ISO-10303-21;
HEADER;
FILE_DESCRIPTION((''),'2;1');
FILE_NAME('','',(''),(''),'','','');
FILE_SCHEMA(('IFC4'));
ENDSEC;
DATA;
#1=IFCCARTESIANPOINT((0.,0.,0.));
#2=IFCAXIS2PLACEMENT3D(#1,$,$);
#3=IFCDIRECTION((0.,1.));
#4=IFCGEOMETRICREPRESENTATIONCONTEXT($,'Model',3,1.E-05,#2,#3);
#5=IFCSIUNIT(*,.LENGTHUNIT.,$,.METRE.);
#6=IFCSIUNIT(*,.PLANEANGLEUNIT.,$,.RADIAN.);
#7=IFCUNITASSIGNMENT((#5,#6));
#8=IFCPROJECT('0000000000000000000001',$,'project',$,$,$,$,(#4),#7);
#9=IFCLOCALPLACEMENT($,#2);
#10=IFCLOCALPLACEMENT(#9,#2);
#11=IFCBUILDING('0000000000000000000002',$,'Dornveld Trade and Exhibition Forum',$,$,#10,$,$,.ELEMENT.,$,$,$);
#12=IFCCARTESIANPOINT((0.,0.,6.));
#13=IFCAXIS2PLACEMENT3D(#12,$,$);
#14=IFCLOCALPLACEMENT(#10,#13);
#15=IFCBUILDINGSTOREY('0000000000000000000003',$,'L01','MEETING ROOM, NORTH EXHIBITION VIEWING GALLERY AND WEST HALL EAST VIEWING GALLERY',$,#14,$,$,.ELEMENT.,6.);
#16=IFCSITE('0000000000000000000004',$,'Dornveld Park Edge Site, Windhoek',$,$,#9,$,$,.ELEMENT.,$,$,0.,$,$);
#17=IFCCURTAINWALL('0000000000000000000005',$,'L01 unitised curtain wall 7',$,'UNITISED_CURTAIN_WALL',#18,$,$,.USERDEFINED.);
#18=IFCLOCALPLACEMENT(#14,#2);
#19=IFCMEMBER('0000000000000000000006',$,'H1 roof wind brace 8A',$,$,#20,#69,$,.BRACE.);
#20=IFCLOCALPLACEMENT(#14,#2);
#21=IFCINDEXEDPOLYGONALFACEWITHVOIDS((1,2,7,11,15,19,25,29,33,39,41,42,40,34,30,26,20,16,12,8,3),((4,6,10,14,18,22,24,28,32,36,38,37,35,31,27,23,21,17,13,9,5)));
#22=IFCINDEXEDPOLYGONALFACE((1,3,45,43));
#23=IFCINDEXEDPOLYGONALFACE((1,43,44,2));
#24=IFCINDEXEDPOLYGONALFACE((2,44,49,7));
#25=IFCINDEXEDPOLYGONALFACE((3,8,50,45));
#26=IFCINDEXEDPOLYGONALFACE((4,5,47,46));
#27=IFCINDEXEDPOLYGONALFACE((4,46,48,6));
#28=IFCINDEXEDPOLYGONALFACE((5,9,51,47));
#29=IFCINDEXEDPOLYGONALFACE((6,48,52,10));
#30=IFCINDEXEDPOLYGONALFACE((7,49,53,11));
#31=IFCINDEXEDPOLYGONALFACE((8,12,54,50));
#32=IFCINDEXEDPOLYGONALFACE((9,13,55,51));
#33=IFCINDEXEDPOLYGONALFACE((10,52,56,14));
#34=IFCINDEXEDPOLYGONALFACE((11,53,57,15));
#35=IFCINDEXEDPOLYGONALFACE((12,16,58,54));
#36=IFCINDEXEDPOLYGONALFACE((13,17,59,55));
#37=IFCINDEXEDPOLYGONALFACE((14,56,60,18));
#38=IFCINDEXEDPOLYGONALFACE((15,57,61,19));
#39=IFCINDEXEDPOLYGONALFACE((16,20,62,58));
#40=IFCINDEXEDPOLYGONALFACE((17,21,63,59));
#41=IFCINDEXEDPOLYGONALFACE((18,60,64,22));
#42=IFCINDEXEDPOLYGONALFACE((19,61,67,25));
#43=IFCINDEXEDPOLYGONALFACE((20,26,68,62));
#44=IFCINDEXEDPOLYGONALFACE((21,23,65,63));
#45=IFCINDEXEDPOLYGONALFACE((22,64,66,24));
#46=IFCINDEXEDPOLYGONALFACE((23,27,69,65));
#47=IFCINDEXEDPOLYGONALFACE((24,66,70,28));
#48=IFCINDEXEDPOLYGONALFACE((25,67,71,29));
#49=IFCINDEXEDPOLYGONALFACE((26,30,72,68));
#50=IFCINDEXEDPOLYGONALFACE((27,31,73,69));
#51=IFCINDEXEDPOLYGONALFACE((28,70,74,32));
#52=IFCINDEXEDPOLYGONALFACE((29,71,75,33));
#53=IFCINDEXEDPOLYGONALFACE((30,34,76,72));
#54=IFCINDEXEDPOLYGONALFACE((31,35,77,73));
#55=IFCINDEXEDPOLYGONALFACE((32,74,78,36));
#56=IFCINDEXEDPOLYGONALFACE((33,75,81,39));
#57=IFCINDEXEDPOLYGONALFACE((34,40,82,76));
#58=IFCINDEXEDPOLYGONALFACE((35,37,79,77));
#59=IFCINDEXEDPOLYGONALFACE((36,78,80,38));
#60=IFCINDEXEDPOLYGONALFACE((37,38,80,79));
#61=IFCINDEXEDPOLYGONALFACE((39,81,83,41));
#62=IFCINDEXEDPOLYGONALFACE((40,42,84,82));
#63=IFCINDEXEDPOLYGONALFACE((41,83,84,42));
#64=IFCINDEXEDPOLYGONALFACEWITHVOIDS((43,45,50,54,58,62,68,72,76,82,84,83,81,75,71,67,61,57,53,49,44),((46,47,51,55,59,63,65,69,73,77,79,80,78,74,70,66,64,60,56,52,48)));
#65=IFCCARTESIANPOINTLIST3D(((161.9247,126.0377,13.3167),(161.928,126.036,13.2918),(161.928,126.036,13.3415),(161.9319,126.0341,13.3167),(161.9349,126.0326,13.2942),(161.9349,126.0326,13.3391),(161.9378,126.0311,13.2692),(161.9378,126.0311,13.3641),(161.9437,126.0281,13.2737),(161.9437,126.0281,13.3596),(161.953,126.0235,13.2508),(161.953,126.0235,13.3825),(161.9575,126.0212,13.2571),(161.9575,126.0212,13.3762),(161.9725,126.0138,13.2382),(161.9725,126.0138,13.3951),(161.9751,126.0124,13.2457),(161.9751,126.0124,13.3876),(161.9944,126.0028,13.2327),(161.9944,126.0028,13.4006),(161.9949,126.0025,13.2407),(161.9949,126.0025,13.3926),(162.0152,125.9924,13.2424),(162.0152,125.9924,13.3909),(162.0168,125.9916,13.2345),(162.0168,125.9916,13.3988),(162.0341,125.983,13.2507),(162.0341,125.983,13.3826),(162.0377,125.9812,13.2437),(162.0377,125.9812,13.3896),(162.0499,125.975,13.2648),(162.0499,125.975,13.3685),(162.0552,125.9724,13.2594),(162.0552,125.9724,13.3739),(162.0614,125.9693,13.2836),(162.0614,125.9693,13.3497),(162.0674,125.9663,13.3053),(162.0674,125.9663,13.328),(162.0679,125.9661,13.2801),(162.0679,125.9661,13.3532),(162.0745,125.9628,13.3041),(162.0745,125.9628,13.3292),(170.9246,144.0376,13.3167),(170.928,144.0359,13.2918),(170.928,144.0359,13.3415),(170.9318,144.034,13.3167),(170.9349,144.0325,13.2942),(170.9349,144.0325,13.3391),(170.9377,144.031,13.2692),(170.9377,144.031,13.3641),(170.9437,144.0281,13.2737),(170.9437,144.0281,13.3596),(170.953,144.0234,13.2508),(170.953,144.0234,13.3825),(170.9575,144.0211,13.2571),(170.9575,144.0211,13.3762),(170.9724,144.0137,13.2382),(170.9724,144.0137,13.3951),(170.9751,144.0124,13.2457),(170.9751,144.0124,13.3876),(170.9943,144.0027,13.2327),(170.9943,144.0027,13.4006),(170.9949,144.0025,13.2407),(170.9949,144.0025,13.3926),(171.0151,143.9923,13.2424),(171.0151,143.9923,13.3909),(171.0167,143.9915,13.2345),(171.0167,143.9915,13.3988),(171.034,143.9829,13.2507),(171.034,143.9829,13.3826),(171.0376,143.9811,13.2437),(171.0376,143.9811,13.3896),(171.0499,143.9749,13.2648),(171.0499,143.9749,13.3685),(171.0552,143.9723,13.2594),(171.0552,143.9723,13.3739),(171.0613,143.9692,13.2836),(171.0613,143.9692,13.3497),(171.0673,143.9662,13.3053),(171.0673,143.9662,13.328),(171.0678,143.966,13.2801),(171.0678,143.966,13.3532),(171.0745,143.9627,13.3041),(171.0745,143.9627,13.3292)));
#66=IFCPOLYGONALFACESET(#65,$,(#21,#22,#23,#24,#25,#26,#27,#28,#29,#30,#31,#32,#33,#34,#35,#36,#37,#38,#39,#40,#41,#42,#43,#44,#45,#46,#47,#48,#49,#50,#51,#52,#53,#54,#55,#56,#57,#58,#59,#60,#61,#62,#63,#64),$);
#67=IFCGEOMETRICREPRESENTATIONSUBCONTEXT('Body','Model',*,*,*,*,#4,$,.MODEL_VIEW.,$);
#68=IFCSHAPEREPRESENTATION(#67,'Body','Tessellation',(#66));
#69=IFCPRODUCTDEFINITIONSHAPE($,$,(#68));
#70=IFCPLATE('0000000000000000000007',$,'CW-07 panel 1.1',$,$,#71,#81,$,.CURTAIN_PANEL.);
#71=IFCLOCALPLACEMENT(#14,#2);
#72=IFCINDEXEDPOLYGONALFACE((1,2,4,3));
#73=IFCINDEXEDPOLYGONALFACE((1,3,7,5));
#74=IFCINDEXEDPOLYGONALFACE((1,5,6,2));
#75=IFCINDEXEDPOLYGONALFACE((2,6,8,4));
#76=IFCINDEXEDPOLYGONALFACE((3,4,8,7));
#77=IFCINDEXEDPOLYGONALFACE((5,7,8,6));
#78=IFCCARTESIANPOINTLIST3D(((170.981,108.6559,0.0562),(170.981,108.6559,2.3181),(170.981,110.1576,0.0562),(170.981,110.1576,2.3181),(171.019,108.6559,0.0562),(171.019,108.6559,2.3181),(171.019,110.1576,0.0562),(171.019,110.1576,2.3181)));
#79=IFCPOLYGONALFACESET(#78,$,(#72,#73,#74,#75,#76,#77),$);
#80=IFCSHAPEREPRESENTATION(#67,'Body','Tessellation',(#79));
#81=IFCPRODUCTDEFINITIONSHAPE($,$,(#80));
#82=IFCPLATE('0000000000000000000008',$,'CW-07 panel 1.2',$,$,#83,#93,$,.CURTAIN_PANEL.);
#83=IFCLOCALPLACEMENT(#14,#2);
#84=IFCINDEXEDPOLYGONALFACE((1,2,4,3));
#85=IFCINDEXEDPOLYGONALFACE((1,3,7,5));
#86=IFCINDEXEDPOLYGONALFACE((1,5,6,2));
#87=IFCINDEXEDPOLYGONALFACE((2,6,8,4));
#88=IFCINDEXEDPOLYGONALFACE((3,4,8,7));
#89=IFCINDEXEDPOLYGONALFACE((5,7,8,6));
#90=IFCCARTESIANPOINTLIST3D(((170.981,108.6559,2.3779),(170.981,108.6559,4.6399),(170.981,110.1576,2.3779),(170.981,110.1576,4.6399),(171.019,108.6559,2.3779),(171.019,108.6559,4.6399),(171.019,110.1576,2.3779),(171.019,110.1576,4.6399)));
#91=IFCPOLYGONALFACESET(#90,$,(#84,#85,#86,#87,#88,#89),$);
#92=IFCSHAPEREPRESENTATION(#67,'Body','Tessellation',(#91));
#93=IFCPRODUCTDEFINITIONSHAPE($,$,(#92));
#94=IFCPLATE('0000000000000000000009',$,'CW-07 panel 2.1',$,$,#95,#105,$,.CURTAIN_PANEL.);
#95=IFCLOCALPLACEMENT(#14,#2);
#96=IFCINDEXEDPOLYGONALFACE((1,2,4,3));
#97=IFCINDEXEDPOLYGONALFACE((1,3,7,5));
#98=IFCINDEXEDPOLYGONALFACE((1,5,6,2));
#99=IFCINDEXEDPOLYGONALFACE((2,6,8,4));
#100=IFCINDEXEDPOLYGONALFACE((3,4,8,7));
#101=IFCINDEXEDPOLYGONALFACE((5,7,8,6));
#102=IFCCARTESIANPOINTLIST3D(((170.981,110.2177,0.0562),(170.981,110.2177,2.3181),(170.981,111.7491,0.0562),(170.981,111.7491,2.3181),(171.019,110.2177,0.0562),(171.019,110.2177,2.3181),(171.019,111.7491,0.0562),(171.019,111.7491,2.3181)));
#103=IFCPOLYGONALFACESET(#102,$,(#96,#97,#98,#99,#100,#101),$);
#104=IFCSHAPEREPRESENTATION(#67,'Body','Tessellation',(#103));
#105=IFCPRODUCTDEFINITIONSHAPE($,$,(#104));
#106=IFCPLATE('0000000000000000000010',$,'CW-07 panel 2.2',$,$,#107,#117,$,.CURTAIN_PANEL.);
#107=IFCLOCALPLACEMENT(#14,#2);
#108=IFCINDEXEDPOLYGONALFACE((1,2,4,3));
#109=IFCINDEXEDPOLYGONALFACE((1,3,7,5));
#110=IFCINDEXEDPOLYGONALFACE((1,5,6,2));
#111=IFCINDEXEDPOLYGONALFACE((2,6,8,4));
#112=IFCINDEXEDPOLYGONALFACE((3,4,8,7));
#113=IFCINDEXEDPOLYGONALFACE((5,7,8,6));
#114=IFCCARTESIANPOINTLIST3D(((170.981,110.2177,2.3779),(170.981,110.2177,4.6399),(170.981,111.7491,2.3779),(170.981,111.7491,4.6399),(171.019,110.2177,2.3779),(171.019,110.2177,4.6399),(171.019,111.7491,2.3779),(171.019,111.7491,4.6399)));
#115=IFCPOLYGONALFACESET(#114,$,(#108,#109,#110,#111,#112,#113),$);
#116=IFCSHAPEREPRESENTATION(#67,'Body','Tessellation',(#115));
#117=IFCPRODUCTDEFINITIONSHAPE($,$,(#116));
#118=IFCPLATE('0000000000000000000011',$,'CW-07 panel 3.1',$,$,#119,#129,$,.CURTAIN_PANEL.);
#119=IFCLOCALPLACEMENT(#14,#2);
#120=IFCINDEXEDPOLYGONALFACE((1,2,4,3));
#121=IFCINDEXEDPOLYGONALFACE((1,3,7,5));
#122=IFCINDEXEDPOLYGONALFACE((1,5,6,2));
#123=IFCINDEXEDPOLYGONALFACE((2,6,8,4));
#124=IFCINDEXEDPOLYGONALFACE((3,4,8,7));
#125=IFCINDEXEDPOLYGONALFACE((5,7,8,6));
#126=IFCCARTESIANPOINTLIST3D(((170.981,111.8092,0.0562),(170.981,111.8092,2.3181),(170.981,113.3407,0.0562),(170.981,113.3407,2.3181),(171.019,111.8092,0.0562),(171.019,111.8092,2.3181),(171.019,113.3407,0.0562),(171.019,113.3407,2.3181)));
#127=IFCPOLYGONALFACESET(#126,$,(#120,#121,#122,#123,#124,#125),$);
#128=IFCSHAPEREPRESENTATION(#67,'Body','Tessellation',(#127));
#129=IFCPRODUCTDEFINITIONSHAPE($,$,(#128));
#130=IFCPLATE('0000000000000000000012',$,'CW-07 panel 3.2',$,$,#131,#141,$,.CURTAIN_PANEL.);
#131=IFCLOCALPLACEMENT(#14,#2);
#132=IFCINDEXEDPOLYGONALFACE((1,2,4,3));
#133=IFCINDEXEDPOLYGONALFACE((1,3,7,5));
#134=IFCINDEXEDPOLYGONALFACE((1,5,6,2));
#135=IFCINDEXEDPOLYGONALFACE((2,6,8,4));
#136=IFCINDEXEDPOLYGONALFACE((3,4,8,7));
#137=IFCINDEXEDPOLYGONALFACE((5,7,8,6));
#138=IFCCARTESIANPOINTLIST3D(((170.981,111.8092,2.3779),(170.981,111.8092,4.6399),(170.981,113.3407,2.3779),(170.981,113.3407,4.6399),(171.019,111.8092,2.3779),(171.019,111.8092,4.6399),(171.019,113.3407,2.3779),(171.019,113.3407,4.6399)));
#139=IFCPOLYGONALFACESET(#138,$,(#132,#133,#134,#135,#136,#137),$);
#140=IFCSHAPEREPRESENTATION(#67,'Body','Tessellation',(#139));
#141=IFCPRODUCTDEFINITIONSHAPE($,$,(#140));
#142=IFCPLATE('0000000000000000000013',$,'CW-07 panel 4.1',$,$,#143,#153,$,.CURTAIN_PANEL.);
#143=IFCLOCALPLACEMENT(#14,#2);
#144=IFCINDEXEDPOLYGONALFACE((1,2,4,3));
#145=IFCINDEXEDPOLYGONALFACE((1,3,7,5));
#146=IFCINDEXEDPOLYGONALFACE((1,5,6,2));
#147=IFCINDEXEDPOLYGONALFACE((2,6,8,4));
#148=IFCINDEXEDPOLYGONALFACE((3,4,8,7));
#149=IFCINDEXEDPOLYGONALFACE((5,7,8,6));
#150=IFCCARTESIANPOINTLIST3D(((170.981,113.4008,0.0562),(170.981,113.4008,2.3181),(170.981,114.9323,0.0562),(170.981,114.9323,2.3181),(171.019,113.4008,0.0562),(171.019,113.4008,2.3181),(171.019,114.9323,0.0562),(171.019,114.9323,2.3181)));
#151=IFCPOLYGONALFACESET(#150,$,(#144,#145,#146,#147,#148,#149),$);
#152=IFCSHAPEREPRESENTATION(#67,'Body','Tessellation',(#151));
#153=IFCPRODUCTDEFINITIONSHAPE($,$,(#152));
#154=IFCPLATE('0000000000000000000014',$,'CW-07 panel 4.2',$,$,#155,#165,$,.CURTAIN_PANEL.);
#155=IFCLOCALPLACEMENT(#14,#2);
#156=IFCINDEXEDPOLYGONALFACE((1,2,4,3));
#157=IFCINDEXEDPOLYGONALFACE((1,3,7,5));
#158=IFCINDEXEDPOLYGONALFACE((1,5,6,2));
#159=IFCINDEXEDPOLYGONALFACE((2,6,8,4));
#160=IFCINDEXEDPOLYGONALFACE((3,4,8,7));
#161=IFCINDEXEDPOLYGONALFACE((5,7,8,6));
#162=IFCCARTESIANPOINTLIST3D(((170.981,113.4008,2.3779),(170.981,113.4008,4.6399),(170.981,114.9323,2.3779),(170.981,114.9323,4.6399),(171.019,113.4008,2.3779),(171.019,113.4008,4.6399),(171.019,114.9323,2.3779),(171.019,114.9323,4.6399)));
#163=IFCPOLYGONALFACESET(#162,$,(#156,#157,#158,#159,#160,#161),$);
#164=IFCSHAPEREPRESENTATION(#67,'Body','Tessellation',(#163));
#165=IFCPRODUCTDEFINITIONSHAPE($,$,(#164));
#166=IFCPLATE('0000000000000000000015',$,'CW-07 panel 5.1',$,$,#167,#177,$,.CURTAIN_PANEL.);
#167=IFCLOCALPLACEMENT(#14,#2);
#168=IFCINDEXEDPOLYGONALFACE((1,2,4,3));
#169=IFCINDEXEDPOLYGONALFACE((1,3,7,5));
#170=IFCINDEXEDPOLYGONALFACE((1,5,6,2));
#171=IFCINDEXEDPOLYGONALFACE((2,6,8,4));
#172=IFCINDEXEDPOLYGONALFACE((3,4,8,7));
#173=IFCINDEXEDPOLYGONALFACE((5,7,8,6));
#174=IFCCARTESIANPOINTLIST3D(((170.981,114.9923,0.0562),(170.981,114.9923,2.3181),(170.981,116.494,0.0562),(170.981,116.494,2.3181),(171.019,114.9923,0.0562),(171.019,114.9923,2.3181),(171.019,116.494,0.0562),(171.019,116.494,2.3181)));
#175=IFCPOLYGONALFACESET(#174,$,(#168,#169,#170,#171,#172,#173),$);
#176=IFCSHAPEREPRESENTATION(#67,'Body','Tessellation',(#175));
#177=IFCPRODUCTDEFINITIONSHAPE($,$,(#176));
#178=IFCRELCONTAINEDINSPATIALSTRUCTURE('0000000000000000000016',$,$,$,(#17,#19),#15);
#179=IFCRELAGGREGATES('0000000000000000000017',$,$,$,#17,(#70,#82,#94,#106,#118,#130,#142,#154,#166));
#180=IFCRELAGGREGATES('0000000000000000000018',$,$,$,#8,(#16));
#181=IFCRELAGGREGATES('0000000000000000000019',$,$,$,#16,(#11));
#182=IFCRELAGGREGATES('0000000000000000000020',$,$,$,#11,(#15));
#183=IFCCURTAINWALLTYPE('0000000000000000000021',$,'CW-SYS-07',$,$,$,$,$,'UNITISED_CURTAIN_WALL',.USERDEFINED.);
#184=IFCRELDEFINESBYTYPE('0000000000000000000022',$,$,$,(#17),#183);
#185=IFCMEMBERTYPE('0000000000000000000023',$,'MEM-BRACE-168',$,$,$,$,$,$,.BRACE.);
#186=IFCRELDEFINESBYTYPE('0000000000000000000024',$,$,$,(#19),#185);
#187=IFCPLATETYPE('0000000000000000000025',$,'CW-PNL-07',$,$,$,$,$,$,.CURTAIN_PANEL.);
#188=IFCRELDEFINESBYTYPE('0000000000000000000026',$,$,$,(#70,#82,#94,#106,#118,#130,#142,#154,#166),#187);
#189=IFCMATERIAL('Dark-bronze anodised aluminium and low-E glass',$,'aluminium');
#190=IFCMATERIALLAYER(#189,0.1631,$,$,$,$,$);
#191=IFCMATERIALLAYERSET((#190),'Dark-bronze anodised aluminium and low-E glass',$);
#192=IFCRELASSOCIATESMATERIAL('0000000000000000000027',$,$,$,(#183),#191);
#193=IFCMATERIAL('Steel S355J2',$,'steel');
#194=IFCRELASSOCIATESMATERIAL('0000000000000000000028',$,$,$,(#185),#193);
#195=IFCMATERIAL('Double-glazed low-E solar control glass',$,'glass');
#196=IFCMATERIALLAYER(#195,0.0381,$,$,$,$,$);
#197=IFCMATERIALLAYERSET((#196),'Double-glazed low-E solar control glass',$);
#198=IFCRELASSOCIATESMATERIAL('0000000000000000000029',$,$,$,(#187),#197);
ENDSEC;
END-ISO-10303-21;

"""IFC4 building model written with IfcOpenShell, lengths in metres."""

from ifc_helpers import new_model, si_unit, direction, frame, origin, origin_2d, place, context, subcontext, project, spatial, rectangle, hollow_circle, extrude, material, layer, layer_set, material_profile, profile_set, type_object, element, aggregate, save


model = new_model("IFC4")

# Units and contexts
model_context = context("Model", 3, precision=1e-05, world=origin(), true_north=direction((0.0, 1.0)))
body_context = subcontext(model_context, "Body", "Model", "MODEL_VIEW")
ifc_project = project(units=[si_unit("LENGTHUNIT", "METRE"), si_unit("PLANEANGLEUNIT", "RADIAN")], contexts=[model_context])

# Site, building, storey
site_placement = place(None, origin())
site = spatial("IfcSite", under=ifc_project, at=site_placement, Name="Dornveld Park Edge Site, Windhoek", CompositionType="ELEMENT", RefElevation=0.0)
building_placement = place(site_placement, origin())
building = spatial("IfcBuilding", under=site, at=building_placement, Name="Dornveld Trade and Exhibition Forum", CompositionType="ELEMENT")
storey_placement = place(building_placement, frame((0.0, 0.0, 6.0)))
storey = spatial("IfcBuildingStorey", under=building, at=storey_placement, Name="L01", Description="MEETING ROOM, NORTH EXHIBITION VIEWING GALLERY AND WEST HALL EAST VIEWING GALLERY", CompositionType="ELEMENT", Elevation=6.0)

# Curtain wall
ifc_material_1 = material(Name="Dark-bronze anodised aluminium and low-E glass", Category="aluminium")
ifc_layer_1 = layer(ifc_material_1, 0.1631)
ifc_layer_set_1 = layer_set([ifc_layer_1], Name="Dark-bronze anodised aluminium and low-E glass")
curtain_wall_type = type_object("IfcCurtainWallType", Name="CW-SYS-07", ElementType="UNITISED_CURTAIN_WALL", PredefinedType="USERDEFINED", material=ifc_layer_set_1)
curtain_wall_placement = place(storey_placement, origin())
curtain_wall = element("IfcCurtainWall", 1, at=curtain_wall_placement, inside=storey, type_object=curtain_wall_type, Name="L01 unitised curtain wall 7", ObjectType="UNITISED_CURTAIN_WALL", PredefinedType="USERDEFINED")

# Member
ifc_material_2 = material(Name="Steel S355J2", Category="steel")
ifc_material_profile_1 = material_profile(ifc_material_2, hollow_circle(Radius=0.0842, WallThickness=0.0081, at=origin_2d()), Name="CHS 168.3x8")
ifc_profile_set_1 = profile_set([ifc_material_profile_1], Name="Steel S355J2")
member_type_1 = type_object("IfcMemberType", Name="MEM-BRACE-168", PredefinedType="BRACE", material=ifc_profile_set_1)
member_1_placement = place(storey_placement, frame((162.0, 126.0, 13.3167), z_axis=(0.447214, 0.894427, 0.0), x_axis=(-0.894427, 0.447214, 0.0)))
element("IfcMember", 2, at=member_1_placement, inside=storey, type_object=member_type_1, Name="H1 roof wind brace 8A", PredefinedType="BRACE", context=body_context, shape_type="SweptSolid", body=[
    extrude(hollow_circle(Radius=0.0842, WallThickness=0.0081, at=origin_2d()), origin(), (0.0, 0.0, 1.0), 20.1245),
])

# Plates
ifc_material_3 = material(Name="Double-glazed low-E solar control glass", Category="glass")
ifc_layer_2 = layer(ifc_material_3, 0.0381)
ifc_layer_set_2 = layer_set([ifc_layer_2], Name="Double-glazed low-E solar control glass")
plate_type = type_object("IfcPlateType", Name="CW-PNL-07", PredefinedType="CURTAIN_PANEL", material=ifc_layer_set_2)
plate_1_placement = place(storey_placement, frame((171.0, 109.4067, 0.0562), z_axis=(0.0, 0.0, 1.0), x_axis=(0.0, 1.0, 0.0)))
plate_1 = element("IfcPlate", 3, at=plate_1_placement, type_object=plate_type, Name="CW-07 panel 1.1", PredefinedType="CURTAIN_PANEL", context=body_context, shape_type="SweptSolid", body=[
    extrude(rectangle(XDim=1.5017, YDim=0.0381, at=origin_2d()), origin(), (0.0, 0.0, 1.0), 2.262),
])
plate_2_placement = place(storey_placement, frame((171.0, 109.4067, 2.3779), z_axis=(0.0, 0.0, 1.0), x_axis=(0.0, 1.0, 0.0)))
plate_2 = element("IfcPlate", 4, at=plate_2_placement, type_object=plate_type, Name="CW-07 panel 1.2", PredefinedType="CURTAIN_PANEL", context=body_context, shape_type="SweptSolid", body=[
    extrude(rectangle(XDim=1.5017, YDim=0.0381, at=origin_2d()), origin(), (0.0, 0.0, 1.0), 2.262),
])
plate_3_placement = place(storey_placement, frame((171.0, 110.9834, 0.0562), z_axis=(0.0, 0.0, 1.0), x_axis=(0.0, 1.0, 0.0)))
plate_3 = element("IfcPlate", 5, at=plate_3_placement, type_object=plate_type, Name="CW-07 panel 2.1", PredefinedType="CURTAIN_PANEL", context=body_context, shape_type="SweptSolid", body=[
    extrude(rectangle(XDim=1.5315, YDim=0.0381, at=origin_2d()), origin(), (0.0, 0.0, 1.0), 2.262),
])
plate_4_placement = place(storey_placement, frame((171.0, 110.9834, 2.3779), z_axis=(0.0, 0.0, 1.0), x_axis=(0.0, 1.0, 0.0)))
plate_4 = element("IfcPlate", 6, at=plate_4_placement, type_object=plate_type, Name="CW-07 panel 2.2", PredefinedType="CURTAIN_PANEL", context=body_context, shape_type="SweptSolid", body=[
    extrude(rectangle(XDim=1.5315, YDim=0.0381, at=origin_2d()), origin(), (0.0, 0.0, 1.0), 2.262),
])
plate_5_placement = place(storey_placement, frame((171.0, 112.575, 0.0562), z_axis=(0.0, 0.0, 1.0), x_axis=(0.0, 1.0, 0.0)))
plate_5 = element("IfcPlate", 7, at=plate_5_placement, type_object=plate_type, Name="CW-07 panel 3.1", PredefinedType="CURTAIN_PANEL", context=body_context, shape_type="SweptSolid", body=[
    extrude(rectangle(XDim=1.5315, YDim=0.0381, at=origin_2d()), origin(), (0.0, 0.0, 1.0), 2.262),
])
plate_6_placement = place(storey_placement, frame((171.0, 112.575, 2.3779), z_axis=(0.0, 0.0, 1.0), x_axis=(0.0, 1.0, 0.0)))
plate_6 = element("IfcPlate", 8, at=plate_6_placement, type_object=plate_type, Name="CW-07 panel 3.2", PredefinedType="CURTAIN_PANEL", context=body_context, shape_type="SweptSolid", body=[
    extrude(rectangle(XDim=1.5315, YDim=0.0381, at=origin_2d()), origin(), (0.0, 0.0, 1.0), 2.262),
])
plate_7_placement = place(storey_placement, frame((171.0, 114.1665, 0.0562), z_axis=(0.0, 0.0, 1.0), x_axis=(0.0, 1.0, 0.0)))
plate_7 = element("IfcPlate", 9, at=plate_7_placement, type_object=plate_type, Name="CW-07 panel 4.1", PredefinedType="CURTAIN_PANEL", context=body_context, shape_type="SweptSolid", body=[
    extrude(rectangle(XDim=1.5315, YDim=0.0381, at=origin_2d()), origin(), (0.0, 0.0, 1.0), 2.262),
])
plate_8_placement = place(storey_placement, frame((171.0, 114.1665, 2.3779), z_axis=(0.0, 0.0, 1.0), x_axis=(0.0, 1.0, 0.0)))
plate_8 = element("IfcPlate", 10, at=plate_8_placement, type_object=plate_type, Name="CW-07 panel 4.2", PredefinedType="CURTAIN_PANEL", context=body_context, shape_type="SweptSolid", body=[
    extrude(rectangle(XDim=1.5315, YDim=0.0381, at=origin_2d()), origin(), (0.0, 0.0, 1.0), 2.262),
])
plate_9_placement = place(storey_placement, frame((171.0, 115.7432, 0.0562), z_axis=(0.0, 0.0, 1.0), x_axis=(0.0, 1.0, 0.0)))
plate_9 = element("IfcPlate", 11, at=plate_9_placement, type_object=plate_type, Name="CW-07 panel 5.1", PredefinedType="CURTAIN_PANEL", context=body_context, shape_type="SweptSolid", body=[
    extrude(rectangle(XDim=1.5017, YDim=0.0381, at=origin_2d()), origin(), (0.0, 0.0, 1.0), 2.262),
])
aggregate(curtain_wall, [plate_1, plate_2, plate_3, plate_4, plate_5, plate_6, plate_7, plate_8, plate_9])

save(model, "model.ifc")
